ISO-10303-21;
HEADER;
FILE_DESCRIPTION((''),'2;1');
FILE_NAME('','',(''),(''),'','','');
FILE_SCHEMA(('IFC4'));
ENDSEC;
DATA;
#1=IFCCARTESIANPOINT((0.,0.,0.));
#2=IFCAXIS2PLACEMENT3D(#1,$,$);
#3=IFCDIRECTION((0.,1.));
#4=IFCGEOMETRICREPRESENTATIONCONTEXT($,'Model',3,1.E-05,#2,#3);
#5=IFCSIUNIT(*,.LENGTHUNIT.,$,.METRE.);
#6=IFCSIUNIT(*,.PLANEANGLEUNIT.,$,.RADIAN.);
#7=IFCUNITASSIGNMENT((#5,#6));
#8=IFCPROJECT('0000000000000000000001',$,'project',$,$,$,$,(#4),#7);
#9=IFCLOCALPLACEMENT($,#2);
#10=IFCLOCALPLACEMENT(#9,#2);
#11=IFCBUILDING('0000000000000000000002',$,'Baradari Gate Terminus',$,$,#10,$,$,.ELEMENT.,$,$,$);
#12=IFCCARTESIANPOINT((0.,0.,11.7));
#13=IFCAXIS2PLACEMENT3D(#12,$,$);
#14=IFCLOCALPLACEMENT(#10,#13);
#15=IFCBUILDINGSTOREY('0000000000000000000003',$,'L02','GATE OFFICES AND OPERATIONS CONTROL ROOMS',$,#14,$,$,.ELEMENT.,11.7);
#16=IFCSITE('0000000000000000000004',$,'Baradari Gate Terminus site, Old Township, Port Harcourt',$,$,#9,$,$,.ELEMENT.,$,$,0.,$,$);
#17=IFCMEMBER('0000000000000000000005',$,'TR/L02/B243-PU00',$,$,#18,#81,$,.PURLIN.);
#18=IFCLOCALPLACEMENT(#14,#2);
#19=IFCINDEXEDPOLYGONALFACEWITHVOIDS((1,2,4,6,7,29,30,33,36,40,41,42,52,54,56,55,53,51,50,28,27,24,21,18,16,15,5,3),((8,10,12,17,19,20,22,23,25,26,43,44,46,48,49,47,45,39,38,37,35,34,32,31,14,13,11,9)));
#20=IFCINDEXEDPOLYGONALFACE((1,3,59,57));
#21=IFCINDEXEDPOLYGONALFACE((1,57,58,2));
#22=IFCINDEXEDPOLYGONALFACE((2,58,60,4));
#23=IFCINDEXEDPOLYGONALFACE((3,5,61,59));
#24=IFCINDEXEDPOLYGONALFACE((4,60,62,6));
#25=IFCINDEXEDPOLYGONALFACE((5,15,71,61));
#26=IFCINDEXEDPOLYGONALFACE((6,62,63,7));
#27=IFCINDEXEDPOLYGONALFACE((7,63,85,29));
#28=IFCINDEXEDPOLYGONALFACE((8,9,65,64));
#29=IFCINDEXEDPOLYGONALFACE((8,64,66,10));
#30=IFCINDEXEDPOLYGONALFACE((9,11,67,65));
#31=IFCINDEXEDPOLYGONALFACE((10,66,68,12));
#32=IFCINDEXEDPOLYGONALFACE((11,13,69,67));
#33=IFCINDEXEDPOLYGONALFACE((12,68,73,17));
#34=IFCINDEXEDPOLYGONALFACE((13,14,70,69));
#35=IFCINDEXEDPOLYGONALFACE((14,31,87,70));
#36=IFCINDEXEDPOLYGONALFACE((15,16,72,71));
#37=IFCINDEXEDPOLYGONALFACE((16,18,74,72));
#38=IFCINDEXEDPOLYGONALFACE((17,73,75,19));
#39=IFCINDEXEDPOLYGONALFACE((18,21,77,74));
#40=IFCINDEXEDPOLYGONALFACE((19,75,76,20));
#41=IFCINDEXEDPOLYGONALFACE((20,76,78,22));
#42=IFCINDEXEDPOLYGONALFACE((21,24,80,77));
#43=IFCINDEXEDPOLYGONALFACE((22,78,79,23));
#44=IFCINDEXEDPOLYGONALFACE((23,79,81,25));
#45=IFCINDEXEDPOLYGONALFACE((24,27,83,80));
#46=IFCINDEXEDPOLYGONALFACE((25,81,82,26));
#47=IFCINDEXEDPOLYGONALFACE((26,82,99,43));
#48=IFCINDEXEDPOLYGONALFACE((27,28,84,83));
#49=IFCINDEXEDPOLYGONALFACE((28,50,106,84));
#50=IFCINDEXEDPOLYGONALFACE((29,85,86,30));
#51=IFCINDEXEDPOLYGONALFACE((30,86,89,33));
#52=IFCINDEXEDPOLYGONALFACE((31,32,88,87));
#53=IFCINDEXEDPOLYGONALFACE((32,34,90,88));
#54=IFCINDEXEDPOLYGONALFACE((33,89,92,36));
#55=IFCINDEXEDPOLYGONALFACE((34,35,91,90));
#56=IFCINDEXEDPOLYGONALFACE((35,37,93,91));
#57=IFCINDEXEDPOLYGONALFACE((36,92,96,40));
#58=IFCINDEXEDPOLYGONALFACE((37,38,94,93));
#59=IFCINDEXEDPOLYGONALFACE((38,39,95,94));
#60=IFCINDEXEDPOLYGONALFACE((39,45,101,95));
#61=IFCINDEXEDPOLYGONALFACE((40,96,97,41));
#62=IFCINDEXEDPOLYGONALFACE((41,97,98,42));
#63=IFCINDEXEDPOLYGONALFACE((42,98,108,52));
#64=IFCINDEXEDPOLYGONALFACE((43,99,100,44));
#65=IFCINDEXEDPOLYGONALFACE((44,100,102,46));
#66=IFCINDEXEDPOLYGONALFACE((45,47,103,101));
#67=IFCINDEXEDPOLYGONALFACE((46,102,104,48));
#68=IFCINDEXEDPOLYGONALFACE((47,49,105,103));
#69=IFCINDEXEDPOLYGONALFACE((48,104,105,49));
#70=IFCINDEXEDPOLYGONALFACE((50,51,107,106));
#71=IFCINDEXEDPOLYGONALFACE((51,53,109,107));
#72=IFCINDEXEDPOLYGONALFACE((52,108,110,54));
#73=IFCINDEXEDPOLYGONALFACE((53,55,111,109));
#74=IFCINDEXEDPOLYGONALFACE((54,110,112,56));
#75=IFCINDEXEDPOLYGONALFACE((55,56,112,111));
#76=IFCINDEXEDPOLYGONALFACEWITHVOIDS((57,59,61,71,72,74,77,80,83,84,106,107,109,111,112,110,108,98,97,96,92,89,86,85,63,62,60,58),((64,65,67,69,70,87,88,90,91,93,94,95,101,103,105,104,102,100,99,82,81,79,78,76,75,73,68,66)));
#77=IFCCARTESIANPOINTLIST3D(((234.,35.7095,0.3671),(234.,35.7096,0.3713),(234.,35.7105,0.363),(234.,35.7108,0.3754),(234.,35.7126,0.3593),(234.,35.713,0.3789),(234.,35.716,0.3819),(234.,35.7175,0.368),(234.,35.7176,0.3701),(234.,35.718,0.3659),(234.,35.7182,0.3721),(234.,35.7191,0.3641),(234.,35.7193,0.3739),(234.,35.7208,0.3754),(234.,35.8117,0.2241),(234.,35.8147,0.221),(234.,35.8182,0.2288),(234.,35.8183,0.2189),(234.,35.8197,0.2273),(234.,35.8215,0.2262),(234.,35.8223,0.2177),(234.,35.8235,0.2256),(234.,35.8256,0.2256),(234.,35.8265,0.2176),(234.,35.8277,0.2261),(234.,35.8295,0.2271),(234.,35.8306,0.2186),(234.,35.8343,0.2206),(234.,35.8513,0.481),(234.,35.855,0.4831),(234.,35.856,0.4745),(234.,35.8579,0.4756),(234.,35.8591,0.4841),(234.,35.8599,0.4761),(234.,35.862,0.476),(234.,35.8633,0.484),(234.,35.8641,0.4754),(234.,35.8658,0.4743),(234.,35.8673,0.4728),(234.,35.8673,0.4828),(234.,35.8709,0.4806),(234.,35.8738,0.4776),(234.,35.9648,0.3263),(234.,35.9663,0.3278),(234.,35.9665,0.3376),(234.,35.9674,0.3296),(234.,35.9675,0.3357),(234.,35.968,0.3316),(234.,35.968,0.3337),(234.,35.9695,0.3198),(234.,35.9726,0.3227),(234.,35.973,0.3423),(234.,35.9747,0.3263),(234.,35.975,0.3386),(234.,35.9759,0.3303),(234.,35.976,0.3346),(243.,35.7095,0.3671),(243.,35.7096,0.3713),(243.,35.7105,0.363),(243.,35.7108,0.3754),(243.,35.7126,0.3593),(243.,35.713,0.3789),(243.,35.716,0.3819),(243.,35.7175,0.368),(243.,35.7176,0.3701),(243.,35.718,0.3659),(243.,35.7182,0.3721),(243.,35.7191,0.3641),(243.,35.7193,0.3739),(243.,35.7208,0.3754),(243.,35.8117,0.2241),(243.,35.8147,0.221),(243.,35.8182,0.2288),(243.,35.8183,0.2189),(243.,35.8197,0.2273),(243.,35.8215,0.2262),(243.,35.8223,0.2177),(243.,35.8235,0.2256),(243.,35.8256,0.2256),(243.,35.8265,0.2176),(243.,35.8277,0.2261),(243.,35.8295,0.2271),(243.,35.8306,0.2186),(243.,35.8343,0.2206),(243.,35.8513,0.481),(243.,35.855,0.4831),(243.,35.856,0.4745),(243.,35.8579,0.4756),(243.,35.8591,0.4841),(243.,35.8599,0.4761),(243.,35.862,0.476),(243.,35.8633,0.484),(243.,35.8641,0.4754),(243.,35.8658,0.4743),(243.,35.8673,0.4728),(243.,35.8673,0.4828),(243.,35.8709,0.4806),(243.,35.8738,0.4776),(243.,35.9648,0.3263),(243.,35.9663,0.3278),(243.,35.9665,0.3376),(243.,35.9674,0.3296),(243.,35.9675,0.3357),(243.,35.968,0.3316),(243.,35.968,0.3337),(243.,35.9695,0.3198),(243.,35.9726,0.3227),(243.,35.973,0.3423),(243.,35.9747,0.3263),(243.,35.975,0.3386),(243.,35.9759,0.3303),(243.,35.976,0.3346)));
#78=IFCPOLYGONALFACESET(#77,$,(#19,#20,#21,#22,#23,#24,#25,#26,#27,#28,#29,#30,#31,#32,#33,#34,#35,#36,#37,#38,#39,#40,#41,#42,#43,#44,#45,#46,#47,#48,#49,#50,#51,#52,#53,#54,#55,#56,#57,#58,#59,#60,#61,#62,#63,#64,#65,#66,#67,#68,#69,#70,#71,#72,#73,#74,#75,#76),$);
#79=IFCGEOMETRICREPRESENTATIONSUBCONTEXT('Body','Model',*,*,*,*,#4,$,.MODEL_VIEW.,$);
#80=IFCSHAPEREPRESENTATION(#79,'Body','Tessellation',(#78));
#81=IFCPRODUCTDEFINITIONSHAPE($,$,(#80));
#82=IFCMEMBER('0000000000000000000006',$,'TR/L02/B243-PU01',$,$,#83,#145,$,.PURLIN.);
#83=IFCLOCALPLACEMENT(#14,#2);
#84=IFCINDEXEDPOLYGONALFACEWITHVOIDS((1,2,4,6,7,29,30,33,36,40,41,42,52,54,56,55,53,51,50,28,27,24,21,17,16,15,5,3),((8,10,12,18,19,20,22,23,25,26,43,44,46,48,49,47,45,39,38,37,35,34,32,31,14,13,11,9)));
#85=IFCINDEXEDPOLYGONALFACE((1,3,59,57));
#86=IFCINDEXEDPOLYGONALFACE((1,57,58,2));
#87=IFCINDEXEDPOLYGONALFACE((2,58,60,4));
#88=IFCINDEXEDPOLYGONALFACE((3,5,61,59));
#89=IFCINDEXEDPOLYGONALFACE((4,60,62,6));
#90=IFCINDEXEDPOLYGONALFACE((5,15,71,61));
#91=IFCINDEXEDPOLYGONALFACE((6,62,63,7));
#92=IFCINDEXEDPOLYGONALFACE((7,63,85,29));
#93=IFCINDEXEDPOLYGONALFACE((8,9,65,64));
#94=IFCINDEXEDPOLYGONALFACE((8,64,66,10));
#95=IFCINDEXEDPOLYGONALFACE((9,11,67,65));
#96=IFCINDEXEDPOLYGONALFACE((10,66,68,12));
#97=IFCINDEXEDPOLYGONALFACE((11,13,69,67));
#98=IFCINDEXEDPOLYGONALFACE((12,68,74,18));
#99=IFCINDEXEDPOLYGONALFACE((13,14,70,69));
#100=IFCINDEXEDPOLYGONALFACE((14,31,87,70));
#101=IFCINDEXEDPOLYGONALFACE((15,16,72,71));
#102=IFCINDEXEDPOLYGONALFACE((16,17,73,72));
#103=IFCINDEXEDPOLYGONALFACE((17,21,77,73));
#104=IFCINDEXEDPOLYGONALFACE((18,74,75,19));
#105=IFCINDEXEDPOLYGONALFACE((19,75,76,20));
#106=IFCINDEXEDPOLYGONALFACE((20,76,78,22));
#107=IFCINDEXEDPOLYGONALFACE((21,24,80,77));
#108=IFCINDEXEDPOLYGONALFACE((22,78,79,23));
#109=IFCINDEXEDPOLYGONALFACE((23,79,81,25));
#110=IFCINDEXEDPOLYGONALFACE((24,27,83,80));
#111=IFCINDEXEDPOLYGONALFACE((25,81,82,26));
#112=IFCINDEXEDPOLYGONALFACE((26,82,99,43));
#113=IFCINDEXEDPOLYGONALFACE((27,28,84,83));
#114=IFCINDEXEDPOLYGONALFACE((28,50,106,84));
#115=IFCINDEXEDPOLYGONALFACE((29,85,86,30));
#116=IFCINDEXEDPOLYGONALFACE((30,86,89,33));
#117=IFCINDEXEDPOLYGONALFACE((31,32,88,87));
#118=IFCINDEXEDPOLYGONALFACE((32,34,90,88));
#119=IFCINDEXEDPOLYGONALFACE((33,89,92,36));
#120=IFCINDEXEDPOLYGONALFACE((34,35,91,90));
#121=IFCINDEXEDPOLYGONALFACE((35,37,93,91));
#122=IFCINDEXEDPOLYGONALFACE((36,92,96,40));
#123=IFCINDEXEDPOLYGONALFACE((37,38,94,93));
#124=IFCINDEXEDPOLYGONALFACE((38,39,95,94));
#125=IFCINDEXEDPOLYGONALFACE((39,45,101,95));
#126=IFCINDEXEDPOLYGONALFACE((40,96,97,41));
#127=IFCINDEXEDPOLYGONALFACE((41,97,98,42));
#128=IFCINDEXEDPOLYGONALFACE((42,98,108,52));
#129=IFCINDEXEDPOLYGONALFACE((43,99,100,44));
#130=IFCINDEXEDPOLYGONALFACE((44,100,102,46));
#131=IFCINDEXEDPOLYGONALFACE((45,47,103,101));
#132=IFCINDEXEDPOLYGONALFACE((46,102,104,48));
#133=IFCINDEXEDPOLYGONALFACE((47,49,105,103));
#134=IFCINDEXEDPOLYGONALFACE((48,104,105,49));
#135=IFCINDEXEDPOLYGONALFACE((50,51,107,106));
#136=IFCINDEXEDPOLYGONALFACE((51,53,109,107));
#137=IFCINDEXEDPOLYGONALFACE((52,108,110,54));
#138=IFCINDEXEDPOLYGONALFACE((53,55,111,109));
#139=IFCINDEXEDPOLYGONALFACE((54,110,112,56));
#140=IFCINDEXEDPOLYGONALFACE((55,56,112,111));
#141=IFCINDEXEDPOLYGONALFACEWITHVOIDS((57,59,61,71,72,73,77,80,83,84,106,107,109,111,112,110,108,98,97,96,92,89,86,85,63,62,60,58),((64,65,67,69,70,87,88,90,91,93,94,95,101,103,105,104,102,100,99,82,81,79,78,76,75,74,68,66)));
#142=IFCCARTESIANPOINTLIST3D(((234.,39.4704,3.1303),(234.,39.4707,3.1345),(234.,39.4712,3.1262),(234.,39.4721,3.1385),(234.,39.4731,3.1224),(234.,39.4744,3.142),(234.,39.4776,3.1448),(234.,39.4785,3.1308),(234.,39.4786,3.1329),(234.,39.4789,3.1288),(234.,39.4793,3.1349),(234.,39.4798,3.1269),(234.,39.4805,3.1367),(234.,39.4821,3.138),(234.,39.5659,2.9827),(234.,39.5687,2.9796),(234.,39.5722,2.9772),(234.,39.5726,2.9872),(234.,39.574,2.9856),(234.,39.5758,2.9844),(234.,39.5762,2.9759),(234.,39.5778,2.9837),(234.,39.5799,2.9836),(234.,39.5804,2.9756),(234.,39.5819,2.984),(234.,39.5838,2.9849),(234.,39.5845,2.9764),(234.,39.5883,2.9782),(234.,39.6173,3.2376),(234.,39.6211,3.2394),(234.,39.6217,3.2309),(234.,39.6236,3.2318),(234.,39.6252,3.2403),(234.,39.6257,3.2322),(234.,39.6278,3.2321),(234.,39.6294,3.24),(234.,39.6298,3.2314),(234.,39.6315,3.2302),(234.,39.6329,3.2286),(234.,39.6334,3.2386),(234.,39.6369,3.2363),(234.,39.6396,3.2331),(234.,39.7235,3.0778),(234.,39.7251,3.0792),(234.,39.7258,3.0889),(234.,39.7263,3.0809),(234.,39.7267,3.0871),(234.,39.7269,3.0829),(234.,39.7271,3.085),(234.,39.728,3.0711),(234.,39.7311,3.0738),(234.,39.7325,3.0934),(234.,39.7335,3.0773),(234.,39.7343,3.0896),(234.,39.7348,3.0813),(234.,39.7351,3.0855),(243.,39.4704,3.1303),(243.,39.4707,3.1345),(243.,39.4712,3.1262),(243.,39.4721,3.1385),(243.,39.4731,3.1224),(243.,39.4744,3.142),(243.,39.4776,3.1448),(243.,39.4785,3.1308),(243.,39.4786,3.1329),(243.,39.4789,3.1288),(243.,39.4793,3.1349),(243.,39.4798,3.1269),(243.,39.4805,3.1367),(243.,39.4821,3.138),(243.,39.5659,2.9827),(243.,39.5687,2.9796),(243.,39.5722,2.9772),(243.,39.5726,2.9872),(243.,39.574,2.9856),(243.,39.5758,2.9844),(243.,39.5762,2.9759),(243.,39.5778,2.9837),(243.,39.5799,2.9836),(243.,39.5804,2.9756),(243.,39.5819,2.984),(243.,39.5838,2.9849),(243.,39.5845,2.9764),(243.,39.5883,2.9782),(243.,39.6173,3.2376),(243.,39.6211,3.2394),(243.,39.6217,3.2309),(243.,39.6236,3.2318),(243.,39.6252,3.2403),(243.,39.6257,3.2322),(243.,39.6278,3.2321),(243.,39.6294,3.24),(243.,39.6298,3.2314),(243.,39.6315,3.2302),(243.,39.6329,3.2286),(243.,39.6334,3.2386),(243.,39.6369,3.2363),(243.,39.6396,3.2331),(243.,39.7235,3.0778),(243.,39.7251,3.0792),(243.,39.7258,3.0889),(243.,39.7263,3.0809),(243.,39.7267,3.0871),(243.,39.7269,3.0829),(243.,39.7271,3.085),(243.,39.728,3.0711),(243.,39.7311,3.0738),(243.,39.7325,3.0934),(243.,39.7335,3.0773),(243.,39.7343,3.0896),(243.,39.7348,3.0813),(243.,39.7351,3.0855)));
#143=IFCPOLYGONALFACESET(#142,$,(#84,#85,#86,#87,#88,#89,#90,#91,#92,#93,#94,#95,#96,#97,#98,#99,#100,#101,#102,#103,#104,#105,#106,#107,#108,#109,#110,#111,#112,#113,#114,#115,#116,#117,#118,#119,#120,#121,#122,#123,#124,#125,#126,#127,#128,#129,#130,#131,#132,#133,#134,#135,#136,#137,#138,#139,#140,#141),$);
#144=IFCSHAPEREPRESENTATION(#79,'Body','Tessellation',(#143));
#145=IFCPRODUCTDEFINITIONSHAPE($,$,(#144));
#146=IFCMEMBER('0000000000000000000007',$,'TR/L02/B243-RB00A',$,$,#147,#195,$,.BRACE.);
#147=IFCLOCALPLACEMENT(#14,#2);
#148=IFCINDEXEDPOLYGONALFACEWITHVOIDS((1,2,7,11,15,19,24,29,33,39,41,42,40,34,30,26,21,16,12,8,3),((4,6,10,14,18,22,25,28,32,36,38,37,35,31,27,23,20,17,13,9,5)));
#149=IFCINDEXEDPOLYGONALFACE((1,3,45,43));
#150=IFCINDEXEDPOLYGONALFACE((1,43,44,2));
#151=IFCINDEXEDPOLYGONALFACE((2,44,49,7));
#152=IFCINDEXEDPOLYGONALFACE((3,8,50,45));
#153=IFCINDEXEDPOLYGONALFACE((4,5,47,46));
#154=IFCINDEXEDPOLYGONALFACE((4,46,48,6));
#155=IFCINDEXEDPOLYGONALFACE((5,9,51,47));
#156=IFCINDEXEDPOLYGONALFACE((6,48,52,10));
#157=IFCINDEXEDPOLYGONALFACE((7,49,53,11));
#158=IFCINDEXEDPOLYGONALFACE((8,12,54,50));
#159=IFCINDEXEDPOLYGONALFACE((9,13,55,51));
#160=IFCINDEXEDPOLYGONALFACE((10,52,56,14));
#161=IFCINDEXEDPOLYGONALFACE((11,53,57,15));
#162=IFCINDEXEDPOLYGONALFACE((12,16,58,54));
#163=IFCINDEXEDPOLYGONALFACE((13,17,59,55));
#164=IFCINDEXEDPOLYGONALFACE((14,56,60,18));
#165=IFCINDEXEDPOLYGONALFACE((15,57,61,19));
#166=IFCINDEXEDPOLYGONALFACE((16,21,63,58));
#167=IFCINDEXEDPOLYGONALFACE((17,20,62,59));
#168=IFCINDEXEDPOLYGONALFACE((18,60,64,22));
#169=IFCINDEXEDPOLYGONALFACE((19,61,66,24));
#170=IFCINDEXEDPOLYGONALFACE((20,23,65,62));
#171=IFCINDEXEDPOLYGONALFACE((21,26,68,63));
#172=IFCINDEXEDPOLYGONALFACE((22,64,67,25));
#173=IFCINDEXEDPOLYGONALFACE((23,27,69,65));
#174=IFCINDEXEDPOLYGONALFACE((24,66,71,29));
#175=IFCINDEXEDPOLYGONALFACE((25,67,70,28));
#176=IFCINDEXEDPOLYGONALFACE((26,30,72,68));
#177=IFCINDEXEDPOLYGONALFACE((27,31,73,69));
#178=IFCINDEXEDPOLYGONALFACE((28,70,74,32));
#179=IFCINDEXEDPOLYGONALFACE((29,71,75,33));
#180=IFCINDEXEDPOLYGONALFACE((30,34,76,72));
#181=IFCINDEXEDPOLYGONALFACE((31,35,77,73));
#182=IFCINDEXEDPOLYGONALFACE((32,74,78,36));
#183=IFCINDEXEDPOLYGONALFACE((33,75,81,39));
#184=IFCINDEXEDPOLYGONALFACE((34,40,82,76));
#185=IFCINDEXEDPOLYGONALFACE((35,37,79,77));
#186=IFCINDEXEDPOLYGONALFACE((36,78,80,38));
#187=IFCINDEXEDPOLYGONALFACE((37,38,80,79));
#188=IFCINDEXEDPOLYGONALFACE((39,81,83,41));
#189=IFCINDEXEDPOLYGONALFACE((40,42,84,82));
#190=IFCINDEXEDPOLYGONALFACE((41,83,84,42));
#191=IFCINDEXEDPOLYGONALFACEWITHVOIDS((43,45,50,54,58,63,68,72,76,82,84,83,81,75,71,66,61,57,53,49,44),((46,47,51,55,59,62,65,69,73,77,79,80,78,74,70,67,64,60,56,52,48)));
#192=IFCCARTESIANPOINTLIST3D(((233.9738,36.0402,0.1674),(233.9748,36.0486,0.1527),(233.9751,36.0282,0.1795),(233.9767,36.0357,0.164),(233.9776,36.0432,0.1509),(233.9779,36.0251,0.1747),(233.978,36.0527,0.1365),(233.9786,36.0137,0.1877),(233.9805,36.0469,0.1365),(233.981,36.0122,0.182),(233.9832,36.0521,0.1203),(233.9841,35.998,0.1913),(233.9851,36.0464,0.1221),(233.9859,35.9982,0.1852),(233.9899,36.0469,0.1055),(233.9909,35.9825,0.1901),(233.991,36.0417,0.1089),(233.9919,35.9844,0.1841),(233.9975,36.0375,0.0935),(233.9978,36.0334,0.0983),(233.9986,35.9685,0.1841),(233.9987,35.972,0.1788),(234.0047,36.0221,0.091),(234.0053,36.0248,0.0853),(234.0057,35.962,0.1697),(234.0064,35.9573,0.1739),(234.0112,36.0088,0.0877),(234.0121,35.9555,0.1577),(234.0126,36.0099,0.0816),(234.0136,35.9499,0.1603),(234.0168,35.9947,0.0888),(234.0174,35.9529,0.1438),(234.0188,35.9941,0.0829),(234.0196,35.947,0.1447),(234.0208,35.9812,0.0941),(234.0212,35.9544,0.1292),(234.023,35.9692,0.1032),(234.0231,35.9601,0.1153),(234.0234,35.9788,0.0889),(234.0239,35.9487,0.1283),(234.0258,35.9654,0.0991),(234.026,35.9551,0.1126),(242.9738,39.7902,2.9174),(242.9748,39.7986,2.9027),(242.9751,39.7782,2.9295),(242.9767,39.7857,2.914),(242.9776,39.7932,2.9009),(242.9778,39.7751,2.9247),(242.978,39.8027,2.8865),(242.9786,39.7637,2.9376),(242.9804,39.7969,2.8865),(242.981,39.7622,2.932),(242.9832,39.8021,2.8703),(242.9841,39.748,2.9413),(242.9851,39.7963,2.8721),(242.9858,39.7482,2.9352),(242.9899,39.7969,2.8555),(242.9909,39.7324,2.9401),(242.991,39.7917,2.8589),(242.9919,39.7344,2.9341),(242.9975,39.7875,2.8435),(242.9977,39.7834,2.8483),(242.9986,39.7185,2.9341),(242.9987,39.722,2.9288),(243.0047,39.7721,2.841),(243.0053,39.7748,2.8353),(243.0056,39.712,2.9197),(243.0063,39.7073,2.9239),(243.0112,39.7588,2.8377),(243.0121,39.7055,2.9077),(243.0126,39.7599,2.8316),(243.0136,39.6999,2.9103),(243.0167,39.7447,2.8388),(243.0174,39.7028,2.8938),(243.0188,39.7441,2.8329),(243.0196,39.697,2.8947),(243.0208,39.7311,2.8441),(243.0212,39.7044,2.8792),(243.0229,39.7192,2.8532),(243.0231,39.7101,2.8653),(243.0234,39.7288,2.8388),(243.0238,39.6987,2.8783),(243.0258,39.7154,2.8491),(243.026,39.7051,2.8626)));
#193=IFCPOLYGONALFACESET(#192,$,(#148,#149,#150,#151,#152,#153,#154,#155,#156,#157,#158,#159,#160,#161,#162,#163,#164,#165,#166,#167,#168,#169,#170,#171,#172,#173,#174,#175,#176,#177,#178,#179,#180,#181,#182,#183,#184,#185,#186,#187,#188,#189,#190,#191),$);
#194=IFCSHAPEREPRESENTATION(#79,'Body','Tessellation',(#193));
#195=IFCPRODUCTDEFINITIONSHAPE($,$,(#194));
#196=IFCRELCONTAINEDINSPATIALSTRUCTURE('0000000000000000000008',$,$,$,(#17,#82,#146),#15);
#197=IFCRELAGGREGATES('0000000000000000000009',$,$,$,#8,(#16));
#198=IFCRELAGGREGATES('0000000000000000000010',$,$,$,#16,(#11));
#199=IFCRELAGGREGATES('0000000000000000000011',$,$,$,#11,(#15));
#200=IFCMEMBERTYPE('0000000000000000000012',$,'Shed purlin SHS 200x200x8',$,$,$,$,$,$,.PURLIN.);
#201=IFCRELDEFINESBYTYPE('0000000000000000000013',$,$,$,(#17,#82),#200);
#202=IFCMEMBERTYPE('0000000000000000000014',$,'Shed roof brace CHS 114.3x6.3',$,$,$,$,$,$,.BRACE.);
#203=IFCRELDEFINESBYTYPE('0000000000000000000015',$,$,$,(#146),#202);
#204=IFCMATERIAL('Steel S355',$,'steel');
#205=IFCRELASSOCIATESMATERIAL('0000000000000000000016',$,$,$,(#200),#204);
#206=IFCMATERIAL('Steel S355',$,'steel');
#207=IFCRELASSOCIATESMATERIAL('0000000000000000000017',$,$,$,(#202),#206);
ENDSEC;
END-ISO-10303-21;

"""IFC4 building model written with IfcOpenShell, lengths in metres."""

from ifc_helpers import new_model, si_unit, direction, frame, origin, origin_2d, place, context, subcontext, project, spatial, hollow_rectangle, hollow_circle, extrude, material, material_profile, profile_set, type_object, element, save


model = new_model("IFC4")

# Units and contexts
model_context = context("Model", 3, precision=1e-05, world=origin(), true_north=direction((0.0, 1.0)))
body_context = subcontext(model_context, "Body", "Model", "MODEL_VIEW")
ifc_project = project(units=[si_unit("LENGTHUNIT", "METRE"), si_unit("PLANEANGLEUNIT", "RADIAN")], contexts=[model_context])

# Site, building, storey
site_placement = place(None, origin())
site = spatial("IfcSite", under=ifc_project, at=site_placement, Name="Baradari Gate Terminus site, Old Township, Port Harcourt", CompositionType="ELEMENT", RefElevation=0.0)
building_placement = place(site_placement, origin())
building = spatial("IfcBuilding", under=site, at=building_placement, Name="Baradari Gate Terminus", CompositionType="ELEMENT")
storey_placement = place(building_placement, frame((0.0, 0.0, 11.7)))
storey = spatial("IfcBuildingStorey", under=building, at=storey_placement, Name="L02", Description="GATE OFFICES AND OPERATIONS CONTROL ROOMS", CompositionType="ELEMENT", Elevation=11.7)

# Members
ifc_material_1 = material(Name="Steel S355", Category="steel")
ifc_material_profile_1 = material_profile(ifc_material_1, hollow_rectangle(XDim=0.2, YDim=0.2, WallThickness=0.0081, InnerFilletRadius=0.0081, OuterFilletRadius=0.0161, at=origin_2d()), Name="SHS 200x200x8")
ifc_profile_set_1 = profile_set([ifc_material_profile_1], Name="Steel S355")
member_type_1 = type_object("IfcMemberType", Name="Shed purlin SHS 200x200x8", PredefinedType="PURLIN", material=ifc_profile_set_1)
for number, where, z_axis, x_axis, name in (
    (1, (234.0, 35.8428, 0.3508), (1.0, 0.0, 0.0), (0.0, 0.806405, 0.591364), "TR/L02/B243-PU00"),
    (2, (234.0, 39.6028, 3.1079), (1.0, 0.0, 0.0), (0.0, 0.832836, 0.553519), "TR/L02/B243-PU01"),
):
    element("IfcMember", number, at=place(storey_placement, frame(where, z_axis=z_axis, x_axis=x_axis)), inside=storey, type_object=member_type_1, Name=name, PredefinedType="PURLIN", context=body_context, shape_type="SweptSolid", body=[
        extrude(hollow_rectangle(XDim=0.2, YDim=0.2, WallThickness=0.0081, InnerFilletRadius=0.0081, OuterFilletRadius=0.0161, at=origin_2d()), origin(), (0.0, 0.0, 1.0), 9.0),
    ])
ifc_material_2 = material(Name="Steel S355", Category="steel")
ifc_material_profile_2 = material_profile(ifc_material_2, hollow_circle(Radius=0.0571, WallThickness=0.0063, at=origin_2d()), Name="CHS 114.3x6.3")
ifc_profile_set_2 = profile_set([ifc_material_profile_2], Name="Steel S355")
member_type_2 = type_object("IfcMemberType", Name="Shed roof brace CHS 114.3x6.3", PredefinedType="BRACE", material=ifc_profile_set_2)
for number, where, z_axis, x_axis, name in (
    (3, (234.0, 36.0, 0.1365), (0.888415, 0.370173, 0.27146), (-0.384615, 0.923077, 0.0), "TR/L02/B243-RB00A"),
):
    element("IfcMember", number, at=place(storey_placement, frame(where, z_axis=z_axis, x_axis=x_axis)), inside=storey, type_object=member_type_2, Name=name, PredefinedType="BRACE", context=body_context, shape_type="SweptSolid", body=[
        extrude(hollow_circle(Radius=0.0571, WallThickness=0.0063, at=origin_2d()), origin(), (0.0, 0.0, 1.0), 10.1304),
    ])

save(model, "model.ifc")
